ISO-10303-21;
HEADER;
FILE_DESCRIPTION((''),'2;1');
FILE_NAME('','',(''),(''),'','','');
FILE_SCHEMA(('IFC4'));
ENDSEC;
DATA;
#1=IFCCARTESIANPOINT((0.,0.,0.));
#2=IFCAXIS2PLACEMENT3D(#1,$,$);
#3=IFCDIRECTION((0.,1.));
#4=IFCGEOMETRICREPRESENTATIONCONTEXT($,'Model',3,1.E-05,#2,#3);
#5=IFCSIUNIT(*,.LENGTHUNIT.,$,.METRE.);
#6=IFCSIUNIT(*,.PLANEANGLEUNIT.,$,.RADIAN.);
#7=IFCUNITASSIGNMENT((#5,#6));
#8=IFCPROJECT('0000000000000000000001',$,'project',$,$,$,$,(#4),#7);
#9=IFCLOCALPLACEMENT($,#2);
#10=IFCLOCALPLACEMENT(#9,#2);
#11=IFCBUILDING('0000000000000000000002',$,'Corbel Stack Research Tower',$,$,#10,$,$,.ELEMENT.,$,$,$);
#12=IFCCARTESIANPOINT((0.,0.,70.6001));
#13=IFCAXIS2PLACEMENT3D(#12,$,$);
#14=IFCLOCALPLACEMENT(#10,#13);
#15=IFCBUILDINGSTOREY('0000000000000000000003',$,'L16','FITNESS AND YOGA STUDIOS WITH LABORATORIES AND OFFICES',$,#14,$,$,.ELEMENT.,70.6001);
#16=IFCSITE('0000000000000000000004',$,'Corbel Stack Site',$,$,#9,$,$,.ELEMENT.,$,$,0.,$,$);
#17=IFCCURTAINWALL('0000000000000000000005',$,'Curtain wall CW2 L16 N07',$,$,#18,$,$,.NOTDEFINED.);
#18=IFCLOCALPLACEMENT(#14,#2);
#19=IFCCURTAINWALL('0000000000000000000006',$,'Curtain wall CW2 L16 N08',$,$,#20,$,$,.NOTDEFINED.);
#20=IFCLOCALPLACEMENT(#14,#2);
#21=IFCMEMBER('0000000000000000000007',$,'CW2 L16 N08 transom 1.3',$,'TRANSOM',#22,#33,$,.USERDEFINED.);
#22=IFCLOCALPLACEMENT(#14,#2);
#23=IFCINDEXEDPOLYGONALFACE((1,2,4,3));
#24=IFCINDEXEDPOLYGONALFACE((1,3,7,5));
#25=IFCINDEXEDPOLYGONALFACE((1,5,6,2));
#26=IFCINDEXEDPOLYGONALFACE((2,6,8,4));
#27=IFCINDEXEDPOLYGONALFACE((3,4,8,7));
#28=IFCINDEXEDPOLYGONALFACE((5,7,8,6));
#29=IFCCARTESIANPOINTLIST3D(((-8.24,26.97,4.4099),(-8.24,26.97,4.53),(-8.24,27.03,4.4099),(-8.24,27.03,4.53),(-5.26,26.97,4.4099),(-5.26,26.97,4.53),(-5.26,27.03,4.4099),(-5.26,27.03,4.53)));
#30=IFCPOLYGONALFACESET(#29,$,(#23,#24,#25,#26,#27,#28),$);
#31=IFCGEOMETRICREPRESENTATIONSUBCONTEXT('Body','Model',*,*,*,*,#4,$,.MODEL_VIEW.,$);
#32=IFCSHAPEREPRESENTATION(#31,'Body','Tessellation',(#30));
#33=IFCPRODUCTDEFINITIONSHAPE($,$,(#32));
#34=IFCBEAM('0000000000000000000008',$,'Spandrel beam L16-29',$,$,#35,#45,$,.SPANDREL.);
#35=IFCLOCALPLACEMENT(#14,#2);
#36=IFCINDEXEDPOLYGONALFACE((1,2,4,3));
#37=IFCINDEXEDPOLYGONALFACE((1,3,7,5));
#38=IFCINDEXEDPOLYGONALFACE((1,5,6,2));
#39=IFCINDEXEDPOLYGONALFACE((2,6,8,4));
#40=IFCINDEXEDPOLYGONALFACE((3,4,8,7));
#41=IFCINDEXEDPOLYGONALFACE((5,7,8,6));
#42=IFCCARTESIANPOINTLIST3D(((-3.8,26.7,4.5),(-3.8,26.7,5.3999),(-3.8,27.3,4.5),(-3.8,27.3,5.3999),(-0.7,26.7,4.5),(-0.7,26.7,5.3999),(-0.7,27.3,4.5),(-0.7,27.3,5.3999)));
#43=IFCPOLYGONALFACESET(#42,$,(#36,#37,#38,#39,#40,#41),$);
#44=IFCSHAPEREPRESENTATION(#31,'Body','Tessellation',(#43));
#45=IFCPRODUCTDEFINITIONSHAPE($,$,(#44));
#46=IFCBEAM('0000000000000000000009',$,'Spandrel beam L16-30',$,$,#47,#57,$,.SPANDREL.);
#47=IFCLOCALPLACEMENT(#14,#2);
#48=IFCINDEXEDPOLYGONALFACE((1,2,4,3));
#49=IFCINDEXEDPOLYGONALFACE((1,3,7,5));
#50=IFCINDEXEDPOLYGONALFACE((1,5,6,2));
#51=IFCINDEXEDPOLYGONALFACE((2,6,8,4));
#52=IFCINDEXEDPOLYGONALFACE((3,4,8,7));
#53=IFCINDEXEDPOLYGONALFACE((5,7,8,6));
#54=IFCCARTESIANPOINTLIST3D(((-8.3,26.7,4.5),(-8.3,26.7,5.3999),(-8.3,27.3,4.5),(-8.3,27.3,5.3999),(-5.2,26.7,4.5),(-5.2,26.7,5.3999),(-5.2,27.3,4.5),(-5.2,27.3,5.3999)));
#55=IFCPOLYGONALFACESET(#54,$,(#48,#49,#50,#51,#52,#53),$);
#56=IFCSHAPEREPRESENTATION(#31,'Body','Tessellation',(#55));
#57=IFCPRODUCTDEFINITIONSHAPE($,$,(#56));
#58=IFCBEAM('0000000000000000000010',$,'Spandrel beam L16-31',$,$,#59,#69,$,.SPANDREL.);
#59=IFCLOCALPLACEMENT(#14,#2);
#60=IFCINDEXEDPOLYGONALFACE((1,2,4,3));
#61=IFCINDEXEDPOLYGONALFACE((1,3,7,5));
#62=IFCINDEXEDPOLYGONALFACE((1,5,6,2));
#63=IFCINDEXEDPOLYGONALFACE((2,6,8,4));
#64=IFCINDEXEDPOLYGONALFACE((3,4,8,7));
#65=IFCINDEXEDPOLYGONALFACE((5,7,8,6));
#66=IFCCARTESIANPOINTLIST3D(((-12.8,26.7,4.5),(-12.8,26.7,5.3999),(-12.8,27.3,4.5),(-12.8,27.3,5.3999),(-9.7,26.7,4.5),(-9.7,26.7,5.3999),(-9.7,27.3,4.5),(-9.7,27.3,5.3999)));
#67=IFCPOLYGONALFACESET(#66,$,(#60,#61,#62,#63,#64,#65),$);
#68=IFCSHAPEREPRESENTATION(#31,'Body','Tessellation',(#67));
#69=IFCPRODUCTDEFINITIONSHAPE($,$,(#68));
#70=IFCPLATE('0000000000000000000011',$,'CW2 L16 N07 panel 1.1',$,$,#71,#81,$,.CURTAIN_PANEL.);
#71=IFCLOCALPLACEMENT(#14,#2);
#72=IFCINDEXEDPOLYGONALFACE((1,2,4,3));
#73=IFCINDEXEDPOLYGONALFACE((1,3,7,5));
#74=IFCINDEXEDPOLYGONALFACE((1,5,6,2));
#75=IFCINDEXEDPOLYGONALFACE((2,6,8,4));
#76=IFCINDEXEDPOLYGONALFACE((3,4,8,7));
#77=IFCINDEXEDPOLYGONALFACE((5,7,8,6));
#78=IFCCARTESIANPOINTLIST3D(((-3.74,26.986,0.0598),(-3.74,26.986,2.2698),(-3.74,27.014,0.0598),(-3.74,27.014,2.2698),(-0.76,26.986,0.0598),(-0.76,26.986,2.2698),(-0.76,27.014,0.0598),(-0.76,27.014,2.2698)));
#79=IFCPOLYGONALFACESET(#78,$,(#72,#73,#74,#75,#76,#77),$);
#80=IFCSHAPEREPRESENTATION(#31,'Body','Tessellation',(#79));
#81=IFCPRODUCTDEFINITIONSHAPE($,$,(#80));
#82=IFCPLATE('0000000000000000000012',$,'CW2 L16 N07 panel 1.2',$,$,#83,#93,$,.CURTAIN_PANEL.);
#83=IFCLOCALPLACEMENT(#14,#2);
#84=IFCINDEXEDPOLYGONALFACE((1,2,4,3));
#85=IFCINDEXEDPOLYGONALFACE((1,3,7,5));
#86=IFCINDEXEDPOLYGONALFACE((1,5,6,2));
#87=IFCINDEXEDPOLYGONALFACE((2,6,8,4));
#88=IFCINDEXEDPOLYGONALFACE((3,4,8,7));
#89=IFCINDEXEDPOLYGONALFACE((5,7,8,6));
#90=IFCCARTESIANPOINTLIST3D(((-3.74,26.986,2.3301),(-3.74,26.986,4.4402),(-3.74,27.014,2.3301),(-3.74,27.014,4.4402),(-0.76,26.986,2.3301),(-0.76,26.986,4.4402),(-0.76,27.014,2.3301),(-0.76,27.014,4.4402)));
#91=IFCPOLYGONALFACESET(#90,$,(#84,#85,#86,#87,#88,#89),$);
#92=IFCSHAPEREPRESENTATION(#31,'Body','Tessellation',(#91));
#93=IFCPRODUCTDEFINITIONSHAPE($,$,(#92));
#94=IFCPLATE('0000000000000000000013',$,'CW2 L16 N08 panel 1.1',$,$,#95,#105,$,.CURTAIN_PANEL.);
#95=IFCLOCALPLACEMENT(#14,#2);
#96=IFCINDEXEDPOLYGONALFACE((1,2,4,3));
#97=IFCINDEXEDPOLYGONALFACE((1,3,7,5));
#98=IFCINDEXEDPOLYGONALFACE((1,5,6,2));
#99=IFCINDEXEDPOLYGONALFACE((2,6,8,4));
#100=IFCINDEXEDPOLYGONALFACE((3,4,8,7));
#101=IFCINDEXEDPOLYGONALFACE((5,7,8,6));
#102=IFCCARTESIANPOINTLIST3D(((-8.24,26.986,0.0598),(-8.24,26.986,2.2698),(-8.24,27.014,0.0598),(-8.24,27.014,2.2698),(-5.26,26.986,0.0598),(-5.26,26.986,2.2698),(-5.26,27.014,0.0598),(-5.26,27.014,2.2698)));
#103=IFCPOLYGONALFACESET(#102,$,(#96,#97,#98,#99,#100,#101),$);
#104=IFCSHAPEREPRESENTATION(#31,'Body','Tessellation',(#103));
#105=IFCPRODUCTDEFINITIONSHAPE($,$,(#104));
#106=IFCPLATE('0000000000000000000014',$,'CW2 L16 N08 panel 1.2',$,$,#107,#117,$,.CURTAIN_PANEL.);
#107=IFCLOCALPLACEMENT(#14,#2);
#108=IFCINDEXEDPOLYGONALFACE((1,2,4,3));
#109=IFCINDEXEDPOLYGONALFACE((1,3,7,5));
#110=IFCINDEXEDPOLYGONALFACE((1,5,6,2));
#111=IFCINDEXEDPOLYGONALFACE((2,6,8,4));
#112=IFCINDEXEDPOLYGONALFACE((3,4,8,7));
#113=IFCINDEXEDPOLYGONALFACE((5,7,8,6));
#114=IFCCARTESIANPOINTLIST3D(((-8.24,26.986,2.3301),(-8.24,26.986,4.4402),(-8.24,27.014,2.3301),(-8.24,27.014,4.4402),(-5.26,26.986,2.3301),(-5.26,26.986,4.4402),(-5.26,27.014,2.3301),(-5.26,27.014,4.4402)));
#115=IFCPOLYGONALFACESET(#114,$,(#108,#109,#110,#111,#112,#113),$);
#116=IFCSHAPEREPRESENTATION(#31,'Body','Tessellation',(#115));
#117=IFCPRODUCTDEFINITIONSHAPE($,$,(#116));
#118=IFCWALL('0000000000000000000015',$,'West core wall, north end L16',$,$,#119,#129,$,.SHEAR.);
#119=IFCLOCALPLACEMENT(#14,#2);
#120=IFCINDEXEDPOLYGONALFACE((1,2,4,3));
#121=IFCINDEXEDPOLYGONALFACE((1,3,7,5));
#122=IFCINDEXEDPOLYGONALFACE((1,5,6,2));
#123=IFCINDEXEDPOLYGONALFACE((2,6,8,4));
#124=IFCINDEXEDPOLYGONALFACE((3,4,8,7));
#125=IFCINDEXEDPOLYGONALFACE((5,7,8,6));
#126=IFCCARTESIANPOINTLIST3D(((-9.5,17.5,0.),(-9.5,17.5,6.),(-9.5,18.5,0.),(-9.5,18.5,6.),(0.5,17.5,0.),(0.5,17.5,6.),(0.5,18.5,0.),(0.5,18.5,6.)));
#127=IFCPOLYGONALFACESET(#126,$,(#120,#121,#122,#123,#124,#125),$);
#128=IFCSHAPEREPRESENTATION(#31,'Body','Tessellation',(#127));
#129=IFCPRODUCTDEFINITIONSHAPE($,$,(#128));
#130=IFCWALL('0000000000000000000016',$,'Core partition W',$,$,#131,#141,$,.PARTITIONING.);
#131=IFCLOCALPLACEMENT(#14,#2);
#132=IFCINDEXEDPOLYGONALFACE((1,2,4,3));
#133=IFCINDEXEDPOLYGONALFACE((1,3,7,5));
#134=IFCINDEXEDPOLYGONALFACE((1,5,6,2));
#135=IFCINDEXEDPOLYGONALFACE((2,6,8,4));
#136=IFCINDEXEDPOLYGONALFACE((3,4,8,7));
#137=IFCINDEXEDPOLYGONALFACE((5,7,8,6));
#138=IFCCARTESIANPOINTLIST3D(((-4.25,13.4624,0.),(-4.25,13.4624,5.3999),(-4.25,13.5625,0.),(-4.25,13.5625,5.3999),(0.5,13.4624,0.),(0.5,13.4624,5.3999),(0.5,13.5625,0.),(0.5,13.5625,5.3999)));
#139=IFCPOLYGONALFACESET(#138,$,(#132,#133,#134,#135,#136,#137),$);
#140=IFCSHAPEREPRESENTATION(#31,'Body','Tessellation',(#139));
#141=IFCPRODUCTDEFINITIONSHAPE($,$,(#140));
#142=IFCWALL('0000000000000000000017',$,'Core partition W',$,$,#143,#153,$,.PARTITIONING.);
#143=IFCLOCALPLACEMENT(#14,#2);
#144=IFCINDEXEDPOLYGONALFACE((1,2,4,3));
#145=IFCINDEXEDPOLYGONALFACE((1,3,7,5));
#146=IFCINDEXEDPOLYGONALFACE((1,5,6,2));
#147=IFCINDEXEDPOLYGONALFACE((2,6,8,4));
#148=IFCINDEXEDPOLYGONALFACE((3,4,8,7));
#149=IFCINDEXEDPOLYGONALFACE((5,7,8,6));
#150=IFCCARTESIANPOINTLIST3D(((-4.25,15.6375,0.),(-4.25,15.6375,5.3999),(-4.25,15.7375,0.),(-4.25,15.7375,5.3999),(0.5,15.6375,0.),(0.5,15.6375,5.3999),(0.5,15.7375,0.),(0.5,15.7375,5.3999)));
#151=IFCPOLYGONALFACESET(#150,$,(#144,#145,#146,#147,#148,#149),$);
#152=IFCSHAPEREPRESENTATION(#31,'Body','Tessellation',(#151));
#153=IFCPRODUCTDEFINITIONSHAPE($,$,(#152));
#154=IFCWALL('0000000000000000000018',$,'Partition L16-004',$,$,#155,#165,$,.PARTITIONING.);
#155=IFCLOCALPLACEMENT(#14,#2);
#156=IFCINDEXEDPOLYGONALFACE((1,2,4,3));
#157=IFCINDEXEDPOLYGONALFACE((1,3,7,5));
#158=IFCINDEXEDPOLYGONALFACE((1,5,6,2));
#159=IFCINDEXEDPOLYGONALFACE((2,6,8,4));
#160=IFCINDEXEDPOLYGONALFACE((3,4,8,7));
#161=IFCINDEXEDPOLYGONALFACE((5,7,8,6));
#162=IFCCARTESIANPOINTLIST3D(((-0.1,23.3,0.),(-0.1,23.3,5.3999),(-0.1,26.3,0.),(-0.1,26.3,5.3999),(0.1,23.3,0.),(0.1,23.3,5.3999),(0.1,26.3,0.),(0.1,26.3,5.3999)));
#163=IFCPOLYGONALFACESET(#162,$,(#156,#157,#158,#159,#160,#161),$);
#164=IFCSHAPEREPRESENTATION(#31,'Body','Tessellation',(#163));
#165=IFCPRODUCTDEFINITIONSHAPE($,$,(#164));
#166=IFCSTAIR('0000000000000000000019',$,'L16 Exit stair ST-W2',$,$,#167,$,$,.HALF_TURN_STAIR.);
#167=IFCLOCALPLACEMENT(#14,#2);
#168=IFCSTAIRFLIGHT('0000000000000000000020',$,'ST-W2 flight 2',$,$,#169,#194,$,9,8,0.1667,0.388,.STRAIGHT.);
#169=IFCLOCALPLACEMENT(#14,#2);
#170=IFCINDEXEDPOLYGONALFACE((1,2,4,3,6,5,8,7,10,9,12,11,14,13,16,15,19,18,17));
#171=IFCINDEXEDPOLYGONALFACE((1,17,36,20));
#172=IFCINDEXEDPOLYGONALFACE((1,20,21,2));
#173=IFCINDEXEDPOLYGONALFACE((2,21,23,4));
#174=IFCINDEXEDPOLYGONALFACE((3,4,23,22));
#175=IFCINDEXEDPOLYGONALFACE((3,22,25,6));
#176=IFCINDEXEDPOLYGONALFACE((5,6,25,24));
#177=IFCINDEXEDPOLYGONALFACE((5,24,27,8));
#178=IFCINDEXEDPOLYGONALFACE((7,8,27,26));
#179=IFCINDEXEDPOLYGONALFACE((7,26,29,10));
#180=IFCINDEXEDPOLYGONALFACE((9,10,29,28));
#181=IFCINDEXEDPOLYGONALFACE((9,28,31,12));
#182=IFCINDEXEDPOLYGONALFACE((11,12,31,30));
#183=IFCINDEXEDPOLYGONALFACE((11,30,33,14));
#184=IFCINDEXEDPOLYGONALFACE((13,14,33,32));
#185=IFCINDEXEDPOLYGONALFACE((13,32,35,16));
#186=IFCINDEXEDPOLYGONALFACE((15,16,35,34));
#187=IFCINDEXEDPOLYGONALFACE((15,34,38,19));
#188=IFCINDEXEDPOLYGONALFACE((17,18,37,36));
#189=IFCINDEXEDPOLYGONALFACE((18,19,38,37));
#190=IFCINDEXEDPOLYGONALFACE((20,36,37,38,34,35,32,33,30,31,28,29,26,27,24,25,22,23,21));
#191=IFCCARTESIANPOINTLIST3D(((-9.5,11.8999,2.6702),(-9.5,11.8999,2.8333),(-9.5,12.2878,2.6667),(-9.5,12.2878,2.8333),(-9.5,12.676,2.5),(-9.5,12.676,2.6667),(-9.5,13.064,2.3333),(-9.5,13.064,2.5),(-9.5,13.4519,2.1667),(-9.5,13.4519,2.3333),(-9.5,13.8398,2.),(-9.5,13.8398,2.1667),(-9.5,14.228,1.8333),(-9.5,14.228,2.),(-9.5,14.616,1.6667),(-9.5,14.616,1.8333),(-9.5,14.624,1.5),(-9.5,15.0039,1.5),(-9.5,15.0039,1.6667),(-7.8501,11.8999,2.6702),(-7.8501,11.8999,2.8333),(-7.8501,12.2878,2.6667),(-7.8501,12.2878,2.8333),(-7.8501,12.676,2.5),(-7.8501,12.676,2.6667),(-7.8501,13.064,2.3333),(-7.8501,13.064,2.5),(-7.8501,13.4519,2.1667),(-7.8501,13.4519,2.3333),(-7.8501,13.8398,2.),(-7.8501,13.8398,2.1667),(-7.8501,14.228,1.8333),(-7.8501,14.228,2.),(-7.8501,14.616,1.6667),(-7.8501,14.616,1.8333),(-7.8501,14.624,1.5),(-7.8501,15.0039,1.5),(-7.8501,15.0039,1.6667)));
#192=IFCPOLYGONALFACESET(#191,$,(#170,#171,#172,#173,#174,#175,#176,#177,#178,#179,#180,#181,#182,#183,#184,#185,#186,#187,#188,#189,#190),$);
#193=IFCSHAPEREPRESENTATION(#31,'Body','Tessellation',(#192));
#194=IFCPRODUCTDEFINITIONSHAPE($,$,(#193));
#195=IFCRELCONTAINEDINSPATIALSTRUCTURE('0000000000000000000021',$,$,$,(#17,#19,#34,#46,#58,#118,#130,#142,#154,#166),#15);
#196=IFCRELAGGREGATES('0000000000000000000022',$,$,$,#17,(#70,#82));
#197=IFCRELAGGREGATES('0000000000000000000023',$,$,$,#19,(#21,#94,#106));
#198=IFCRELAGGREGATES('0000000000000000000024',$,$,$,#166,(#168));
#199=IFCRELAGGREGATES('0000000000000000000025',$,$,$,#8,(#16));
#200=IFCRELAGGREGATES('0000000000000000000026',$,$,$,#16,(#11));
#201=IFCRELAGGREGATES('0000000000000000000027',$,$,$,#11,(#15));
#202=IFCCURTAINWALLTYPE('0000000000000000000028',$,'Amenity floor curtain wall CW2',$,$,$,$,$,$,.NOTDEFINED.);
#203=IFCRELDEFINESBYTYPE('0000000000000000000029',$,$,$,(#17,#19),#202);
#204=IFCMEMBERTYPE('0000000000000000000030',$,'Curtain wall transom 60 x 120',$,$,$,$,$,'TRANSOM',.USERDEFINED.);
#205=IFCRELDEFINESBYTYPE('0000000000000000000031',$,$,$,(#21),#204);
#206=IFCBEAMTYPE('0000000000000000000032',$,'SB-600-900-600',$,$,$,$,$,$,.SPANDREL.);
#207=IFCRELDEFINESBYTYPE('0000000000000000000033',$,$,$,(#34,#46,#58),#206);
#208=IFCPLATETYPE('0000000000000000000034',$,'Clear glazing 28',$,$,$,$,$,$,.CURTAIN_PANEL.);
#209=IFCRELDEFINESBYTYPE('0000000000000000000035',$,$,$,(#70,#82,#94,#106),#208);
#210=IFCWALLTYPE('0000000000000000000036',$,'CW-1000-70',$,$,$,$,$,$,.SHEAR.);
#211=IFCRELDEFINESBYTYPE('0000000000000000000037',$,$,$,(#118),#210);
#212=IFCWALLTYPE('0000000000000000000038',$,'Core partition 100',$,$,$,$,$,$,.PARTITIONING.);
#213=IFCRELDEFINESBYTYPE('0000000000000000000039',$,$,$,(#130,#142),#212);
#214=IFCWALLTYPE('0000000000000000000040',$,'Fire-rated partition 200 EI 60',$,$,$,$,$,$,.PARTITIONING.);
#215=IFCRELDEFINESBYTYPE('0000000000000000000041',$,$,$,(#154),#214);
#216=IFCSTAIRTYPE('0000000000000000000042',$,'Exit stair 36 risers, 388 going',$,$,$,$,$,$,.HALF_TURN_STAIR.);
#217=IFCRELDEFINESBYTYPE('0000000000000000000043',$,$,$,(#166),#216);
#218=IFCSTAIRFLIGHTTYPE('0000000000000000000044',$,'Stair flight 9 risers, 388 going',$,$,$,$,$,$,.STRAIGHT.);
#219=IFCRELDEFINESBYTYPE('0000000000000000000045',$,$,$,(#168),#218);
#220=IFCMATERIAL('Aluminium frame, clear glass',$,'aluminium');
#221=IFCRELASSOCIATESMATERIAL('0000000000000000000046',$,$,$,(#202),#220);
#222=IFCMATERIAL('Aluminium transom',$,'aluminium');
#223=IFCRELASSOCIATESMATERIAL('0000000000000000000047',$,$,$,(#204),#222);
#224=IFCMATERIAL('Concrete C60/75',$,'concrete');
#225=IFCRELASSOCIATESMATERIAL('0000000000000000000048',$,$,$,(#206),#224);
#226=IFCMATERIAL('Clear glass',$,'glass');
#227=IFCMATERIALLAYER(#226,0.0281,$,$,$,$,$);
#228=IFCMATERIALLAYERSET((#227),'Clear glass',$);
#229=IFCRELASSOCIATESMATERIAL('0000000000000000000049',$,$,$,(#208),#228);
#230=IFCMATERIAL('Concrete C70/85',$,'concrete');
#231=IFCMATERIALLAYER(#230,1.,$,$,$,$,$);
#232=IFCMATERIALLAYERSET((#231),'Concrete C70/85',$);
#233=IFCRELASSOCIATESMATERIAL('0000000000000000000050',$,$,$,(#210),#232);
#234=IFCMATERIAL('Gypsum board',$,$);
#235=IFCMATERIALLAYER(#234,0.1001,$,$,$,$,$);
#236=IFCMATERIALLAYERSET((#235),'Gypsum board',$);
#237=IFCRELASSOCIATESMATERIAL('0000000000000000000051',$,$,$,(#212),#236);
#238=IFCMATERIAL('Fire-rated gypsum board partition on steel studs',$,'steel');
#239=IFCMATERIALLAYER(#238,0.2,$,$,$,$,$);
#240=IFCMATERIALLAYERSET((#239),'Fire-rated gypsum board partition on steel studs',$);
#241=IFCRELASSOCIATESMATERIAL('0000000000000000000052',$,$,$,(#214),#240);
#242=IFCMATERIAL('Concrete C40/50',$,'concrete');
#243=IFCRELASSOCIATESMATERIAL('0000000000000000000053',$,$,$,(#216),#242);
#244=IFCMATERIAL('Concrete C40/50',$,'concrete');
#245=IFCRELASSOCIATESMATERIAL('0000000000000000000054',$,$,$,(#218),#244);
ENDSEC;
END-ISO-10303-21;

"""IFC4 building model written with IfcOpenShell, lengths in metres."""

from ifc_helpers import new_model, si_unit, direction, frame, frame_2d, origin, origin_2d, place, context, subcontext, project, spatial, polyline, rectangle, outline, extrude, material, layer, layer_set, material_profile, profile_set, type_object, element, aggregate, save


model = new_model("IFC4")

# Units and contexts
model_context = context("Model", 3, precision=1e-05, world=origin(), true_north=direction((0.0, 1.0)))
body_context = subcontext(model_context, "Body", "Model", "MODEL_VIEW")
ifc_project = project(units=[si_unit("LENGTHUNIT", "METRE"), si_unit("PLANEANGLEUNIT", "RADIAN")], contexts=[model_context])

# Site, building, storey
site_placement = place(None, origin())
site = spatial("IfcSite", under=ifc_project, at=site_placement, Name="Corbel Stack Site", CompositionType="ELEMENT", RefElevation=0.0)
building_placement = place(site_placement, origin())
building = spatial("IfcBuilding", under=site, at=building_placement, Name="Corbel Stack Research Tower", CompositionType="ELEMENT")
storey_placement = place(building_placement, frame((0.0, 0.0, 70.6001)))
storey = spatial("IfcBuildingStorey", under=building, at=storey_placement, Name="L16", Description="FITNESS AND YOGA STUDIOS WITH LABORATORIES AND OFFICES", CompositionType="ELEMENT", Elevation=70.6001)

# Shared definitions
ifc_material_1 = material(Name="Aluminium frame, clear glass", Category="aluminium")
curtain_wall_type = type_object("IfcCurtainWallType", Name="Amenity floor curtain wall CW2", PredefinedType="NOTDEFINED", material=ifc_material_1)

# Curtain walls
curtain_wall_1_placement = place(storey_placement, origin())
curtain_wall_1 = element("IfcCurtainWall", 1, at=curtain_wall_1_placement, inside=storey, type_object=curtain_wall_type, Name="Curtain wall CW2 L16 N07", PredefinedType="NOTDEFINED")
curtain_wall_2_placement = place(storey_placement, origin())
curtain_wall_2 = element("IfcCurtainWall", 2, at=curtain_wall_2_placement, inside=storey, type_object=curtain_wall_type, Name="Curtain wall CW2 L16 N08", PredefinedType="NOTDEFINED")

# Member
ifc_material_2 = material(Name="Aluminium transom", Category="aluminium")
ifc_material_profile_1 = material_profile(ifc_material_2, rectangle(XDim=0.0601, YDim=0.1201, at=origin_2d()), Name="Transom 60 x 120")
ifc_profile_set_1 = profile_set([ifc_material_profile_1], Name="Aluminium transom")
member_type_1 = type_object("IfcMemberType", Name="Curtain wall transom 60 x 120", ElementType="TRANSOM", PredefinedType="USERDEFINED", material=ifc_profile_set_1)
member_1_placement = place(storey_placement, frame((-5.26, 27.0, 4.47), z_axis=(-1.0, 0.0, 0.0), x_axis=(0.0, -1.0, 0.0)))
member_1 = element("IfcMember", 3, at=member_1_placement, type_object=member_type_1, Name="CW2 L16 N08 transom 1.3", ObjectType="TRANSOM", PredefinedType="USERDEFINED", context=body_context, shape_type="SweptSolid", body=[
    extrude(rectangle(XDim=0.0601, YDim=0.1201, at=origin_2d()), origin(), (0.0, 0.0, 1.0), 2.98),
])

# Beams
ifc_material_3 = material(Name="Concrete C60/75", Category="concrete")
ifc_material_profile_2 = material_profile(ifc_material_3, rectangle(XDim=0.6001, YDim=0.8999, at=origin_2d()), Name="RC 600 x 900")
ifc_profile_set_2 = profile_set([ifc_material_profile_2], Name="Concrete C60/75")
beam_type = type_object("IfcBeamType", Name="SB-600-900-600", PredefinedType="SPANDREL", material=ifc_profile_set_2)
for number, where, z_axis, x_axis, name in (
    (4, (-0.7, 27.0, 4.95), (-1.0, 0.0, 0.0), (0.0, -1.0, 0.0), "Spandrel beam L16-29"),
    (5, (-5.2, 27.0, 4.95), (-1.0, 0.0, 0.0), (0.0, -1.0, 0.0), "Spandrel beam L16-30"),
    (6, (-9.7, 27.0, 4.95), (-1.0, 0.0, 0.0), (0.0, -1.0, 0.0), "Spandrel beam L16-31"),
):
    element("IfcBeam", number, at=place(storey_placement, frame(where, z_axis=z_axis, x_axis=x_axis)), inside=storey, type_object=beam_type, Name=name, PredefinedType="SPANDREL", context=body_context, shape_type="SweptSolid", body=[
        extrude(rectangle(XDim=0.6001, YDim=0.8999, at=origin_2d()), origin(), (0.0, 0.0, 1.0), 3.1001),
    ])

# Plates
ifc_material_4 = material(Name="Clear glass", Category="glass")
ifc_layer_1 = layer(ifc_material_4, 0.0281)
ifc_layer_set_1 = layer_set([ifc_layer_1], Name="Clear glass")
plate_type = type_object("IfcPlateType", Name="Clear glazing 28", PredefinedType="CURTAIN_PANEL", material=ifc_layer_set_1)
plate_1_placement = place(storey_placement, frame((-2.25, 27.0, 0.0598), z_axis=(0.0, 0.0, 1.0), x_axis=(-1.0, 0.0, 0.0)))
plate_1 = element("IfcPlate", 7, at=plate_1_placement, type_object=plate_type, Name="CW2 L16 N07 panel 1.1", PredefinedType="CURTAIN_PANEL", context=body_context, shape_type="SweptSolid", body=[
    extrude(rectangle(XDim=2.98, YDim=0.0281, at=origin_2d()), origin(), (0.0, 0.0, 1.0), 2.21),
])
plate_2_placement = place(storey_placement, frame((-2.25, 27.0, 2.3301), z_axis=(0.0, 0.0, 1.0), x_axis=(-1.0, 0.0, 0.0)))
plate_2 = element("IfcPlate", 8, at=plate_2_placement, type_object=plate_type, Name="CW2 L16 N07 panel 1.2", PredefinedType="CURTAIN_PANEL", context=body_context, shape_type="SweptSolid", body=[
    extrude(rectangle(XDim=2.98, YDim=0.0281, at=origin_2d()), origin(), (0.0, 0.0, 1.0), 2.1101),
])
aggregate(curtain_wall_1, [plate_1, plate_2])
plate_3_placement = place(storey_placement, frame((-6.75, 27.0, 0.0598), z_axis=(0.0, 0.0, 1.0), x_axis=(-1.0, 0.0, 0.0)))
plate_3 = element("IfcPlate", 9, at=plate_3_placement, type_object=plate_type, Name="CW2 L16 N08 panel 1.1", PredefinedType="CURTAIN_PANEL", context=body_context, shape_type="SweptSolid", body=[
    extrude(rectangle(XDim=2.98, YDim=0.0281, at=origin_2d()), origin(), (0.0, 0.0, 1.0), 2.21),
])
plate_4_placement = place(storey_placement, frame((-6.75, 27.0, 2.3301), z_axis=(0.0, 0.0, 1.0), x_axis=(-1.0, 0.0, 0.0)))
plate_4 = element("IfcPlate", 10, at=plate_4_placement, type_object=plate_type, Name="CW2 L16 N08 panel 1.2", PredefinedType="CURTAIN_PANEL", context=body_context, shape_type="SweptSolid", body=[
    extrude(rectangle(XDim=2.98, YDim=0.0281, at=origin_2d()), origin(), (0.0, 0.0, 1.0), 2.1101),
])
aggregate(curtain_wall_2, [member_1, plate_3, plate_4])

# Walls
ifc_material_5 = material(Name="Concrete C70/85", Category="concrete")
ifc_layer_2 = layer(ifc_material_5, 1.0)
ifc_layer_set_2 = layer_set([ifc_layer_2], Name="Concrete C70/85")
wall_type_1 = type_object("IfcWallType", Name="CW-1000-70", PredefinedType="SHEAR", material=ifc_layer_set_2)
wall_1_placement = place(storey_placement, frame((-9.5, 18.0, 0.0), z_axis=(0.0, 0.0, 1.0), x_axis=(1.0, 0.0, 0.0)))
element("IfcWall", 11, at=wall_1_placement, inside=storey, type_object=wall_type_1, Name="West core wall, north end L16", PredefinedType="SHEAR", context=body_context, shape_type="SweptSolid", body=[
    extrude(rectangle(XDim=10.0, YDim=1.0, at=frame_2d((5.0, 0.0))), origin(), (0.0, 0.0, 1.0), 6.0),
])
ifc_material_6 = material(Name="Gypsum board")
ifc_layer_3 = layer(ifc_material_6, 0.1001)
ifc_layer_set_3 = layer_set([ifc_layer_3], Name="Gypsum board")
wall_type_2 = type_object("IfcWallType", Name="Core partition 100", PredefinedType="PARTITIONING", material=ifc_layer_set_3)
for number, where, z_axis, x_axis, name in (
    (12, (-4.25, 13.5125, 0.0), (0.0, 0.0, 1.0), (1.0, 0.0, 0.0), "Core partition W"),
    (13, (-4.25, 15.6875, 0.0), (0.0, 0.0, 1.0), (1.0, 0.0, 0.0), "Core partition W"),
):
    element("IfcWall", number, at=place(storey_placement, frame(where, z_axis=z_axis, x_axis=x_axis)), inside=storey, type_object=wall_type_2, Name=name, PredefinedType="PARTITIONING", context=body_context, shape_type="SweptSolid", body=[
        extrude(rectangle(XDim=4.75, YDim=0.1001, at=frame_2d((2.375, 0.0))), origin(), (0.0, 0.0, 1.0), 5.3999),
    ])
ifc_material_7 = material(Name="Fire-rated gypsum board partition on steel studs", Category="steel")
ifc_layer_4 = layer(ifc_material_7, 0.2)
ifc_layer_set_4 = layer_set([ifc_layer_4], Name="Fire-rated gypsum board partition on steel studs")
wall_type_3 = type_object("IfcWallType", Name="Fire-rated partition 200 EI 60", PredefinedType="PARTITIONING", material=ifc_layer_set_4)
wall_2_placement = place(storey_placement, frame((0.0, 23.3, 0.0), z_axis=(0.0, 0.0, 1.0), x_axis=(0.0, 1.0, 0.0)))
element("IfcWall", 14, at=wall_2_placement, inside=storey, type_object=wall_type_3, Name="Partition L16-004", PredefinedType="PARTITIONING", context=body_context, shape_type="SweptSolid", body=[
    extrude(rectangle(XDim=3.0, YDim=0.2, at=frame_2d((1.5, 0.0))), origin(), (0.0, 0.0, 1.0), 5.3999),
])

# Stair, stair flight
ifc_material_8 = material(Name="Concrete C40/50", Category="concrete")
stair_type = type_object("IfcStairType", Name="Exit stair 36 risers, 388 going", PredefinedType="HALF_TURN_STAIR", material=ifc_material_8)
stair_placement = place(storey_placement, origin())
stair = element("IfcStair", 15, at=stair_placement, inside=storey, type_object=stair_type, Name="L16 Exit stair ST-W2", PredefinedType="HALF_TURN_STAIR")
ifc_material_9 = material(Name="Concrete C40/50", Category="concrete")
stair_flight_type = type_object("IfcStairFlightType", Name="Stair flight 9 risers, 388 going", PredefinedType="STRAIGHT", material=ifc_material_9)
stair_flight_1_placement = place(storey_placement, frame((-8.675, 15.0039, 1.5), z_axis=(0.0, 0.0, 1.0), x_axis=(0.0, -1.0, 0.0)))
stair_flight_1 = element("IfcStairFlight", 16, at=stair_flight_1_placement, type_object=stair_flight_type, Name="ST-W2 flight 2", NumberOfRisers=9, NumberOfTreads=8, PredefinedType="STRAIGHT", RiserHeight=0.1667, TreadLength=0.388, context=body_context, shape_type="SweptSolid", body=[
    extrude(outline(polyline([(0.0, 0.0), (0.0, 0.1667), (0.3879, 0.1667), (0.3879, 0.3333), (0.7759, 0.3333), (0.7759, 0.5), (1.1641, 0.5), (1.1641, 0.6667), (1.552, 0.6667), (1.552, 0.8333), (1.9399, 0.8333), (1.9399, 1.0), (2.3279, 1.0), (2.3279, 1.1667), (2.7161, 1.1667), (2.7161, 1.3333), (3.104, 1.3333), (3.104, 1.5), (3.104, 1.1702), (0.3799, 0.0), (0.0, 0.0)])), frame((0.0, 0.825, 0.0), z_axis=(0.0, -1.0, 0.0), x_axis=(1.0, 0.0, 0.0)), (0.0, 0.0, 1.0), 1.6499),
])
aggregate(stair, [stair_flight_1])

save(model, "model.ifc")
